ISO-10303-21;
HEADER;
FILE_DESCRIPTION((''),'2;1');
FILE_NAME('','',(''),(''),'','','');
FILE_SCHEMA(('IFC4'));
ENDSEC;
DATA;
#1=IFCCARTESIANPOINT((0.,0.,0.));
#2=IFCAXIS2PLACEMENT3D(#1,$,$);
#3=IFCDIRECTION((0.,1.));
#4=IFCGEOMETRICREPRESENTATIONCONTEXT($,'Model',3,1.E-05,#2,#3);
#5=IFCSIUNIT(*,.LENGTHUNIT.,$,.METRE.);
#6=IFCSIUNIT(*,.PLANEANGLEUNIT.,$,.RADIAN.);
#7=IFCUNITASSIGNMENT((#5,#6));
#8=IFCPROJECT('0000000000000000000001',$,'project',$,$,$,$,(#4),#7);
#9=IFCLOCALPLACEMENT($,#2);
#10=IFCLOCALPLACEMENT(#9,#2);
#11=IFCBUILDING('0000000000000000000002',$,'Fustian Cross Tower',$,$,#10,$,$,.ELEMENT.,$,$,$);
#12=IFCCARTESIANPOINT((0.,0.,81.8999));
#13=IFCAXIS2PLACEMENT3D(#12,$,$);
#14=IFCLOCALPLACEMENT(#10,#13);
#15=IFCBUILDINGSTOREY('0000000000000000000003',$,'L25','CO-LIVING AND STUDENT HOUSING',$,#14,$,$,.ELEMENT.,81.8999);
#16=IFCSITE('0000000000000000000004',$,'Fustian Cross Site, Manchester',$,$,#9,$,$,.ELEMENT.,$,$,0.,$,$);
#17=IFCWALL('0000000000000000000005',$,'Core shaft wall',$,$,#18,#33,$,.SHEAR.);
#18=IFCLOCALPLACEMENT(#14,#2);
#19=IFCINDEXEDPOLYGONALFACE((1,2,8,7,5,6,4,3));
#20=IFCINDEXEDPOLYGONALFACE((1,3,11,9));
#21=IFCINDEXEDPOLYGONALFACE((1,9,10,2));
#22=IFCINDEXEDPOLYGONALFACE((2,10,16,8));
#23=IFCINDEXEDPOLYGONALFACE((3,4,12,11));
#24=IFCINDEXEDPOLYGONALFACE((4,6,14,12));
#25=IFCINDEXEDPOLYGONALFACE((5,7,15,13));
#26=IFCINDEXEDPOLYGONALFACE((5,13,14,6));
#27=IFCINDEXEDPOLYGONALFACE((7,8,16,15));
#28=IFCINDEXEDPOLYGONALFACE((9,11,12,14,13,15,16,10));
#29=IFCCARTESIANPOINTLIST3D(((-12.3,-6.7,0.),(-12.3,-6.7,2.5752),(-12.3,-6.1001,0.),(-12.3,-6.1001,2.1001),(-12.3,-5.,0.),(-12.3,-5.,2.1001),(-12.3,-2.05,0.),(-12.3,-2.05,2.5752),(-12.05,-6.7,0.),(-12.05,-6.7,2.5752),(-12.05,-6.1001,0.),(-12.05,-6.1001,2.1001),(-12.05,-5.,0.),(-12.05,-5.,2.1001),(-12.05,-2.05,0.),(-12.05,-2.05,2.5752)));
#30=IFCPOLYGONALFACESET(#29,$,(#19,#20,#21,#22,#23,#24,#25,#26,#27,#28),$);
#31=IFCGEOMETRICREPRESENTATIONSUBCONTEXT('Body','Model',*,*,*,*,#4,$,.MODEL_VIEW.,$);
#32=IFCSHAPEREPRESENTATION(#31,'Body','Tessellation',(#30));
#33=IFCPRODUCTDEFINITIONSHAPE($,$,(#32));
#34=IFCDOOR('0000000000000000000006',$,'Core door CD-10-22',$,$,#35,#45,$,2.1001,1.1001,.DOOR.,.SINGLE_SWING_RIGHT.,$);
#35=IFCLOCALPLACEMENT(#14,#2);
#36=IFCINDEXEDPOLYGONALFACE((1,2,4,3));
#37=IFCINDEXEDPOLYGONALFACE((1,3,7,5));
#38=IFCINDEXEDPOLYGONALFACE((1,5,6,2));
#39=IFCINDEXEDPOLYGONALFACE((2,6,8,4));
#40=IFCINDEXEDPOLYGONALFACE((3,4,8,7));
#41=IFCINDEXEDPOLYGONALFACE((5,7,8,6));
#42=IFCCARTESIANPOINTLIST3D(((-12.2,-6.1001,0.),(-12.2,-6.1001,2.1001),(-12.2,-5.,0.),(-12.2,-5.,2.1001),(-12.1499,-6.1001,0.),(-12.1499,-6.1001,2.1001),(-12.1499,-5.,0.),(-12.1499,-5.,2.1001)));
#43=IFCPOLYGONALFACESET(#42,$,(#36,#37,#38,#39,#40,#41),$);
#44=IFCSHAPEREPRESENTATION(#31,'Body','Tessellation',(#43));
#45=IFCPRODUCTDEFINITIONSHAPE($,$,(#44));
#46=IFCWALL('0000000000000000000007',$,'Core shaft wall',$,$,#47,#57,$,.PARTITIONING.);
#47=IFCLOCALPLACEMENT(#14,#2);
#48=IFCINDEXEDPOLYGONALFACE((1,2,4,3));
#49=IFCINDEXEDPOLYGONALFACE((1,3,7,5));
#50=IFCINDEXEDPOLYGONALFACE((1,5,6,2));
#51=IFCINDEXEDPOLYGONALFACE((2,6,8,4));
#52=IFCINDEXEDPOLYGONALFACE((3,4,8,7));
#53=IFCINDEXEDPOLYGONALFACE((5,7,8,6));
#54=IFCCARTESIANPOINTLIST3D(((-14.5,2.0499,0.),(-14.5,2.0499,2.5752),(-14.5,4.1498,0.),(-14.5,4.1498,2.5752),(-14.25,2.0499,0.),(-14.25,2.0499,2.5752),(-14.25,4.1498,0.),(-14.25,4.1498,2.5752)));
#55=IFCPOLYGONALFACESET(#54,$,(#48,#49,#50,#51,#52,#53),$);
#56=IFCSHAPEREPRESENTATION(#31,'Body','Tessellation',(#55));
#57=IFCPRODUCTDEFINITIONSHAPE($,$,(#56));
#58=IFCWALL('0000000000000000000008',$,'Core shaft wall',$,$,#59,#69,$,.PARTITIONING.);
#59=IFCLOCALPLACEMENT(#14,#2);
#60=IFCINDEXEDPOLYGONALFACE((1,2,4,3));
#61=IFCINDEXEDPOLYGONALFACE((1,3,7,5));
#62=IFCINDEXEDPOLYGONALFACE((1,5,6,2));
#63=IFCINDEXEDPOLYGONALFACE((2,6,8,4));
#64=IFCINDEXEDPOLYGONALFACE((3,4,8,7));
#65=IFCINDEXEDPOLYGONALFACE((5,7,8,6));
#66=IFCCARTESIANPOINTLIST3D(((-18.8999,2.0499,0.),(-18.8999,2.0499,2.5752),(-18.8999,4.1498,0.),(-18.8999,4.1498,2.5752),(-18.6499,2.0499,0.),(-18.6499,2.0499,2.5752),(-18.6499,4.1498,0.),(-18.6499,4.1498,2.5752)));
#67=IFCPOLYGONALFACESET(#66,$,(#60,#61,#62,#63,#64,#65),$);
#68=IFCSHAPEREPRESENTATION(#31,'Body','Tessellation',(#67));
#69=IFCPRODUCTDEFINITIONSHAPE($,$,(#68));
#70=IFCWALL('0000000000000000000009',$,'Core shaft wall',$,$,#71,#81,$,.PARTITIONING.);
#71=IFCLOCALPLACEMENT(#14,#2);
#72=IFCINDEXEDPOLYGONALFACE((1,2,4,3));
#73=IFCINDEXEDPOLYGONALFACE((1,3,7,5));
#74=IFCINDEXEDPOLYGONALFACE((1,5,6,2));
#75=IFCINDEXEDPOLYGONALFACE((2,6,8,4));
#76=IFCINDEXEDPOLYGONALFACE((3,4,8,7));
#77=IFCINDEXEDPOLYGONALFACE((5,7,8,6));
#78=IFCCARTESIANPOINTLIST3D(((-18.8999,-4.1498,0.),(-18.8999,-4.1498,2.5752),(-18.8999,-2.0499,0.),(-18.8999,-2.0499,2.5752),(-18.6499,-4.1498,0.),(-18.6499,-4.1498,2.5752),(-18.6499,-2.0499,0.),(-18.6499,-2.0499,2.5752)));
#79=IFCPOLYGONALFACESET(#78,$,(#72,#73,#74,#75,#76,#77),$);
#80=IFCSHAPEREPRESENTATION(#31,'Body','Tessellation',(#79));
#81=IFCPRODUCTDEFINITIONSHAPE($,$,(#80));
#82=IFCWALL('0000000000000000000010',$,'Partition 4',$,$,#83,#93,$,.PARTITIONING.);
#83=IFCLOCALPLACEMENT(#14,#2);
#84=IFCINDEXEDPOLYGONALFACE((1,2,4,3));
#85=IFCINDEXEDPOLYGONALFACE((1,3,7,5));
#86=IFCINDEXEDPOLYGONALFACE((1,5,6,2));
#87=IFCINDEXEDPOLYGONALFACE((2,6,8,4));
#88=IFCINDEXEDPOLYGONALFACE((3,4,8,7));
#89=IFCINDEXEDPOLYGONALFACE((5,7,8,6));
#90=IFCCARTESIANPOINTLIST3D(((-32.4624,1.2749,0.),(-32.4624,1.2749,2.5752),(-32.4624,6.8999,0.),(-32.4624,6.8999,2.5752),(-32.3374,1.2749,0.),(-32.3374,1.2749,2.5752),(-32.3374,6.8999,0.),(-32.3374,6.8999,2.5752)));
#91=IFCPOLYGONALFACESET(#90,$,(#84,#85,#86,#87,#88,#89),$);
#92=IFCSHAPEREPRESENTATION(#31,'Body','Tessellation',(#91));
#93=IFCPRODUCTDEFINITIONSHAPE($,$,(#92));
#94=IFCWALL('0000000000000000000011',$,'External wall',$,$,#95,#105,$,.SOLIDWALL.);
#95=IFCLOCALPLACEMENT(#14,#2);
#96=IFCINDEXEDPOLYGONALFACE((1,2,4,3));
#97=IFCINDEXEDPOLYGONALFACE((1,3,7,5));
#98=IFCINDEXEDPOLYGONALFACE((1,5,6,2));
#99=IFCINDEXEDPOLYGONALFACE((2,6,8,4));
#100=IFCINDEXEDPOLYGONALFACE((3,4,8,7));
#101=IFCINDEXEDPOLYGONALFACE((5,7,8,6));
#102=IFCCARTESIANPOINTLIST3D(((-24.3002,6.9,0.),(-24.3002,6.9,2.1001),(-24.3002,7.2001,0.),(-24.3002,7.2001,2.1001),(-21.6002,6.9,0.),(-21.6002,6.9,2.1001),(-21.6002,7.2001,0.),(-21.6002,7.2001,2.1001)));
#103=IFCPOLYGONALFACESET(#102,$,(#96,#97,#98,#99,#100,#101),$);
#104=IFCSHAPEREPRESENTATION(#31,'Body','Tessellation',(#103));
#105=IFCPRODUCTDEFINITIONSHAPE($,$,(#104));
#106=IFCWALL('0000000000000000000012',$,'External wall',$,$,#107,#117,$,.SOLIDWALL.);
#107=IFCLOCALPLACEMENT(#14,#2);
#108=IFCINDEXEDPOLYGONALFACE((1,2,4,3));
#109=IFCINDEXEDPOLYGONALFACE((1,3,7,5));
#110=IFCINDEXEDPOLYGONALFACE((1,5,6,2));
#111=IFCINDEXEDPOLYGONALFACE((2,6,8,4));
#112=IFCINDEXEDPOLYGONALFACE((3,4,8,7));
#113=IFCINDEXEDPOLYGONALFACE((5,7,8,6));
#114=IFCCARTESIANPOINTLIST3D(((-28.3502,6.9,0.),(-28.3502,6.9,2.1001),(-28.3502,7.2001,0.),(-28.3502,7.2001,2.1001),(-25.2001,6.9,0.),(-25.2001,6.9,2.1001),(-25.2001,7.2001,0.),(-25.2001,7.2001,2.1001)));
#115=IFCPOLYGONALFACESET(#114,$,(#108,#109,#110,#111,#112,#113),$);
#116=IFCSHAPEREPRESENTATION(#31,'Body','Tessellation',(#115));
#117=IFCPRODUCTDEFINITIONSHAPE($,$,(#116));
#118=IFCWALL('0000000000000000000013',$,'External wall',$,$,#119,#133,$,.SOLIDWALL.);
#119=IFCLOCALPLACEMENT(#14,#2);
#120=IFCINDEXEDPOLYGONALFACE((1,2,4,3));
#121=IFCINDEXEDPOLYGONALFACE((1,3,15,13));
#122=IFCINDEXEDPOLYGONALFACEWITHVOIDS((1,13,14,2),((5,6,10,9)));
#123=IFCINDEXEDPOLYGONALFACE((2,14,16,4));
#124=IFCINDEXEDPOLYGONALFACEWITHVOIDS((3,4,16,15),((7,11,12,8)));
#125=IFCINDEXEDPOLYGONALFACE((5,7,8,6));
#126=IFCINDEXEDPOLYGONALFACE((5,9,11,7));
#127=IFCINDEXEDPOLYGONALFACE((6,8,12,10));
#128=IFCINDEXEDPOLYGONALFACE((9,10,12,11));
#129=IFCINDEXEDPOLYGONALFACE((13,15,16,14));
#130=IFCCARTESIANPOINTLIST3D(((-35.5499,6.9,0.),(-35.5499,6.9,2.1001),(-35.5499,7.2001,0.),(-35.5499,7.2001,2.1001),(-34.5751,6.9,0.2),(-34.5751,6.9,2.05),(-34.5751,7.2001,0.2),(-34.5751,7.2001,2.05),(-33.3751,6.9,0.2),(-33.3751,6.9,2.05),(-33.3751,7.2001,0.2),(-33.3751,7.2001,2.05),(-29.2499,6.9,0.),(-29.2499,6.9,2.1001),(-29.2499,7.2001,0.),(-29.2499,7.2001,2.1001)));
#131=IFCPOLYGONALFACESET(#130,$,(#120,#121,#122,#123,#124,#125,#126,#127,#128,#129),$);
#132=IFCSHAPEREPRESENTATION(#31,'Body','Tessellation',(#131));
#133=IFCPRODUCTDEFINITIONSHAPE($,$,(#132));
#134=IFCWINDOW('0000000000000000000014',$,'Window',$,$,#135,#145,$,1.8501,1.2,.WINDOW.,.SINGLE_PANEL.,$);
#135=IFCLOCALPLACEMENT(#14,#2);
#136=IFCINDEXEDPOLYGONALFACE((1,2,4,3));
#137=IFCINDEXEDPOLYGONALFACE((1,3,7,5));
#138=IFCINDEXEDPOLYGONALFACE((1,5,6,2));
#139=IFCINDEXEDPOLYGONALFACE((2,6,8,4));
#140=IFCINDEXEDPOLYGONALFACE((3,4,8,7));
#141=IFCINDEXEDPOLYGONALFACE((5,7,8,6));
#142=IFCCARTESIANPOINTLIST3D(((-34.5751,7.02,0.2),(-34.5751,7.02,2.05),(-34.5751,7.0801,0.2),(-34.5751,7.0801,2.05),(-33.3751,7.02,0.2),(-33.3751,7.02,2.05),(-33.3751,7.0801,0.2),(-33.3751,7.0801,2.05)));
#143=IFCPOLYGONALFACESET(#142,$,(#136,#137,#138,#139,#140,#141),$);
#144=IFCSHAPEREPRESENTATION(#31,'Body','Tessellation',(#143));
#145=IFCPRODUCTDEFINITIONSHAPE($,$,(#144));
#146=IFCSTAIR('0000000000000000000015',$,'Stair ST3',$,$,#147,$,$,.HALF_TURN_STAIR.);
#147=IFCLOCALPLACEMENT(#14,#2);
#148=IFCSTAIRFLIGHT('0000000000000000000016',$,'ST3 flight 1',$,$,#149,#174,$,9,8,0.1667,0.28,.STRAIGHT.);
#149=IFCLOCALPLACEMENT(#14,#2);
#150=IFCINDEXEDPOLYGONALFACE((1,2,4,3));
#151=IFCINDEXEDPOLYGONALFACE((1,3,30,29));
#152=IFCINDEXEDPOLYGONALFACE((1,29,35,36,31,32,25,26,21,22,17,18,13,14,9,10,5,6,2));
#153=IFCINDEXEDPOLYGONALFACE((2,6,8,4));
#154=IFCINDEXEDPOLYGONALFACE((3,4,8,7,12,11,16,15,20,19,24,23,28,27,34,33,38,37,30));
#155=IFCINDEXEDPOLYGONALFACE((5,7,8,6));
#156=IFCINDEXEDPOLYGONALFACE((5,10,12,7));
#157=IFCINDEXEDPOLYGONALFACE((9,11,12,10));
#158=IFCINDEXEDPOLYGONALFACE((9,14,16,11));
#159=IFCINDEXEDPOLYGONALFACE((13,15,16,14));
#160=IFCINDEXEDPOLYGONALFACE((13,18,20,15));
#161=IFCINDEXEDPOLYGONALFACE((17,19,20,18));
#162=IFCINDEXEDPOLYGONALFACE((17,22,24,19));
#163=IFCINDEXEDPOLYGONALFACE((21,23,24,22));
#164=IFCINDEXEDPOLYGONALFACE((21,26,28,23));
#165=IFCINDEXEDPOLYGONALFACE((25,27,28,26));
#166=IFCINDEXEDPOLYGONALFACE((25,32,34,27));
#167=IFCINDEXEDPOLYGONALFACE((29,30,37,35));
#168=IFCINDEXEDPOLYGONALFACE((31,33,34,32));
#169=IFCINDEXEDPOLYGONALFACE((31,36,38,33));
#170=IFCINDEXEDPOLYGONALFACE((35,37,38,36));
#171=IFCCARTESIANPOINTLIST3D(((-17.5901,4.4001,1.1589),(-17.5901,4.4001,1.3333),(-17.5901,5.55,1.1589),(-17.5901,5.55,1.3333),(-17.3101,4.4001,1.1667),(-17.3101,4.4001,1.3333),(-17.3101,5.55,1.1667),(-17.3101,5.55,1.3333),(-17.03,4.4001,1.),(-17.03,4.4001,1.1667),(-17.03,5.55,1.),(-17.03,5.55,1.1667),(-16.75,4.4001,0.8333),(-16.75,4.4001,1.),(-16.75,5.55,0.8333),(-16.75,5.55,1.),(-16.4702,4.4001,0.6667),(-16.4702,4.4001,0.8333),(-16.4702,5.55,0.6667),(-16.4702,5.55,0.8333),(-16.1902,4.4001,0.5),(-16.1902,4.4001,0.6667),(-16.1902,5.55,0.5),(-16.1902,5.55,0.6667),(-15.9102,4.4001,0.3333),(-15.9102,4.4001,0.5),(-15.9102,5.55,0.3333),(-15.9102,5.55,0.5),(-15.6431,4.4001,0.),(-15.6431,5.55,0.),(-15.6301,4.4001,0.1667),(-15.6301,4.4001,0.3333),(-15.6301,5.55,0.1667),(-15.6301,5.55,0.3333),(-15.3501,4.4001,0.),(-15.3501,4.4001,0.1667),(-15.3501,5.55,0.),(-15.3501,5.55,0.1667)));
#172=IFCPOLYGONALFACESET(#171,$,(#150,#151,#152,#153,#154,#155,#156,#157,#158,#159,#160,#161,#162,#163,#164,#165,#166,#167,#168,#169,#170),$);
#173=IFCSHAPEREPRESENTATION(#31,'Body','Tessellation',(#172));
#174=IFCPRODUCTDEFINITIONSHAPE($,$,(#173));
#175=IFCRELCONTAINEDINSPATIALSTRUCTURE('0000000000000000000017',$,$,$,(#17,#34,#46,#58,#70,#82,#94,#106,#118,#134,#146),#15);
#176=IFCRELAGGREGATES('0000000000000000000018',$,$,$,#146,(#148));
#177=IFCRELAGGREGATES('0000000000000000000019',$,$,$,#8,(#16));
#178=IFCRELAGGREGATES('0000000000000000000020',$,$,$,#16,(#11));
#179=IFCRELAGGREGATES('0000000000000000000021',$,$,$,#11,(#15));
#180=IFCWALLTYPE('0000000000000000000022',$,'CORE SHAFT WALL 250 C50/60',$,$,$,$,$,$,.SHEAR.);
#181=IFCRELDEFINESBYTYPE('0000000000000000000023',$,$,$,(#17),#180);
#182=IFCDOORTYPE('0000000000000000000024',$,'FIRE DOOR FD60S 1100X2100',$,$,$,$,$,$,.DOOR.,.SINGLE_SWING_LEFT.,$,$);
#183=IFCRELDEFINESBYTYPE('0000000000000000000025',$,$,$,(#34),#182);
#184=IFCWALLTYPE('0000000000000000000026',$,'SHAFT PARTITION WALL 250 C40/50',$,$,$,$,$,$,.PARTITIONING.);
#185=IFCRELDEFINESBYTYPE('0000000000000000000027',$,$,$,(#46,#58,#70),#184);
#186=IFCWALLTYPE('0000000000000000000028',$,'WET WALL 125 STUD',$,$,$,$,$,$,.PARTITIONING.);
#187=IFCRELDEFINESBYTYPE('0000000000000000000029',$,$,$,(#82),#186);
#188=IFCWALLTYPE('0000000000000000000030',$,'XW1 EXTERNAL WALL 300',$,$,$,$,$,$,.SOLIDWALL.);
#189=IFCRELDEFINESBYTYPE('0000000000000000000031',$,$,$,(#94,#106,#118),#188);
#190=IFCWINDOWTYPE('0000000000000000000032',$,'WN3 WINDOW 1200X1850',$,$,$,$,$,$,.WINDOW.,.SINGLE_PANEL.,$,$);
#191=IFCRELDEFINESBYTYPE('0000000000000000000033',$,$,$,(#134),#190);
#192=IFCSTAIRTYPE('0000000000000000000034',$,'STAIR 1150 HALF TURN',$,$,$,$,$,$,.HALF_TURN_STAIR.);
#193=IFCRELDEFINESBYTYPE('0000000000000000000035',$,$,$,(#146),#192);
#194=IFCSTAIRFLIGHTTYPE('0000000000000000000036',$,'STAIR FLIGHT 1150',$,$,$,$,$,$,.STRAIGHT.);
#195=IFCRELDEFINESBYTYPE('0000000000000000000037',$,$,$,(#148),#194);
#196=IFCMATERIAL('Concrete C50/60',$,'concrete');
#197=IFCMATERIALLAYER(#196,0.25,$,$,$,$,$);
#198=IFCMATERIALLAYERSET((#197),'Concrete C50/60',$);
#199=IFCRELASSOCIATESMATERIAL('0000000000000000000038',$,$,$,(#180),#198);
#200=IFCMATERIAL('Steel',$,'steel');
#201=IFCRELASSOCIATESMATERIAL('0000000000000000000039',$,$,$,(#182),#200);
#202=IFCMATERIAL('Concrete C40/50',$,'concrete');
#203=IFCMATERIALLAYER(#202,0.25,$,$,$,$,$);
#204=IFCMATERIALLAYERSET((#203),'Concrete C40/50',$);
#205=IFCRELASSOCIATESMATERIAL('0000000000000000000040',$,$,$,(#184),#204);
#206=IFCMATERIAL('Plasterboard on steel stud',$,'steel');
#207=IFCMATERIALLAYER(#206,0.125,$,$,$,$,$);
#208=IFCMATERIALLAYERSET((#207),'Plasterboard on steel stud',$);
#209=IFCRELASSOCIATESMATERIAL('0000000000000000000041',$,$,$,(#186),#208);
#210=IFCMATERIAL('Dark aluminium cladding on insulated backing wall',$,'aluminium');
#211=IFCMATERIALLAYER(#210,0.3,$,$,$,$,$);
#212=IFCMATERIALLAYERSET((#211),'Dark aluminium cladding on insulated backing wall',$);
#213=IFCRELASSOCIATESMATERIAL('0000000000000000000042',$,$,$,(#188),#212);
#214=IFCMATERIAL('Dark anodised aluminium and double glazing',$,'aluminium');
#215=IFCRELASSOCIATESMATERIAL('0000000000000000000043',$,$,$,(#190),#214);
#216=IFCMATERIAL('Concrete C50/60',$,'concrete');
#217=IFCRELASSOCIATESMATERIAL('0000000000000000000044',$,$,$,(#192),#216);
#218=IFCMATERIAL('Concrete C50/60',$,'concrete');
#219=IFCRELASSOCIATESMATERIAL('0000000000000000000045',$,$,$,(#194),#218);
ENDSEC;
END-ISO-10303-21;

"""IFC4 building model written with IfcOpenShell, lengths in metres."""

from ifc_helpers import new_model, si_unit, direction, frame, frame_2d, origin, place, context, subcontext, project, spatial, polyline, rectangle, outline, extrude, material, layer, layer_set, type_object, element, fill, aggregate, save


model = new_model("IFC4")

# Units and contexts
model_context = context("Model", 3, precision=1e-05, world=origin(), true_north=direction((0.0, 1.0)))
body_context = subcontext(model_context, "Body", "Model", "MODEL_VIEW")
ifc_project = project(units=[si_unit("LENGTHUNIT", "METRE"), si_unit("PLANEANGLEUNIT", "RADIAN")], contexts=[model_context])

# Site, building, storey
site_placement = place(None, origin())
site = spatial("IfcSite", under=ifc_project, at=site_placement, Name="Fustian Cross Site, Manchester", CompositionType="ELEMENT", RefElevation=0.0)
building_placement = place(site_placement, origin())
building = spatial("IfcBuilding", under=site, at=building_placement, Name="Fustian Cross Tower", CompositionType="ELEMENT")
storey_placement = place(building_placement, frame((0.0, 0.0, 81.8999)))
storey = spatial("IfcBuildingStorey", under=building, at=storey_placement, Name="L25", Description="CO-LIVING AND STUDENT HOUSING", CompositionType="ELEMENT", Elevation=81.8999)

# Shared definitions
ifc_material_1 = material(Name="Concrete C50/60", Category="concrete")
ifc_layer_1 = layer(ifc_material_1, 0.25)
ifc_layer_set_1 = layer_set([ifc_layer_1], Name="Concrete C50/60")
wall_type_1 = type_object("IfcWallType", Name="CORE SHAFT WALL 250 C50/60", PredefinedType="SHEAR", material=ifc_layer_set_1)

# Wall, opening, door
ifc_material_2 = material(Name="Steel", Category="steel")
door_type_1 = type_object("IfcDoorType", Name="FIRE DOOR FD60S 1100X2100", OperationType="SINGLE_SWING_LEFT", PredefinedType="DOOR", material=ifc_material_2)
wall_1_placement = place(storey_placement, frame((-12.175, -2.05, 0.0), z_axis=(0.0, 0.0, 1.0), x_axis=(0.0, -1.0, 0.0)))
wall_1 = element("IfcWall", 1, at=wall_1_placement, inside=storey, type_object=wall_type_1, Name="Core shaft wall", PredefinedType="SHEAR", context=body_context, shape_type="SweptSolid", body=[
    extrude(rectangle(XDim=4.6499, YDim=0.25, at=frame_2d((2.325, 0.0))), origin(), (0.0, 0.0, 1.0), 2.5752),
])
opening_1_placement = place(wall_1_placement, frame((2.95, 0.0, 0.0)))
opening_1 = element("IfcOpeningElement", 2, at=opening_1_placement, cuts=wall_1, PredefinedType="OPENING", context=body_context, shape_type="SweptSolid", body=[
    extrude(rectangle(XDim=1.1001, YDim=2.1001, at=frame_2d((0.55, 1.05))), frame((0.0, 0.135, 0.0), z_axis=(0.0, -1.0, 0.0), x_axis=(1.0, 0.0, 0.0)), (0.0, 0.0, 1.0), 0.27),
])
door_1_placement = place(opening_1_placement, frame((1.1001, 0.0, 0.0), z_axis=(0.0, 0.0, 1.0), x_axis=(-1.0, 0.0, 0.0)))
door_1 = element("IfcDoor", 3, at=door_1_placement, inside=storey, type_object=door_type_1, Name="Core door CD-10-22", OperationType="SINGLE_SWING_RIGHT", OverallHeight=2.1001, OverallWidth=1.1001, PredefinedType="DOOR", context=body_context, shape_type="SweptSolid", body=[
    extrude(rectangle(XDim=1.1001, YDim=2.1001, at=frame_2d((0.55, 1.05))), frame((0.0, 0.0249, 0.0), z_axis=(0.0, -1.0, 0.0), x_axis=(1.0, 0.0, 0.0)), (0.0, 0.0, 1.0), 0.05),
])
fill(opening_1, door_1)

# Walls
ifc_material_3 = material(Name="Concrete C40/50", Category="concrete")
ifc_layer_2 = layer(ifc_material_3, 0.25)
ifc_layer_set_2 = layer_set([ifc_layer_2], Name="Concrete C40/50")
wall_type_2 = type_object("IfcWallType", Name="SHAFT PARTITION WALL 250 C40/50", PredefinedType="PARTITIONING", material=ifc_layer_set_2)
for number, where, z_axis, x_axis, name in (
    (4, (-14.375, 2.05, 0.0), (0.0, 0.0, 1.0), (0.0, 1.0, 0.0), "Core shaft wall"),
    (5, (-18.7749, 2.05, 0.0), (0.0, 0.0, 1.0), (0.0, 1.0, 0.0), "Core shaft wall"),
    (6, (-18.7749, -2.05, 0.0), (0.0, 0.0, 1.0), (0.0, -1.0, 0.0), "Core shaft wall"),
):
    element("IfcWall", number, at=place(storey_placement, frame(where, z_axis=z_axis, x_axis=x_axis)), inside=storey, type_object=wall_type_2, Name=name, PredefinedType="PARTITIONING", context=body_context, shape_type="SweptSolid", body=[
        extrude(rectangle(XDim=2.0999, YDim=0.25, at=frame_2d((1.0498, 0.0))), origin(), (0.0, 0.0, 1.0), 2.5752),
    ])
ifc_material_4 = material(Name="Plasterboard on steel stud", Category="steel")
ifc_layer_3 = layer(ifc_material_4, 0.125)
ifc_layer_set_3 = layer_set([ifc_layer_3], Name="Plasterboard on steel stud")
wall_type_3 = type_object("IfcWallType", Name="WET WALL 125 STUD", PredefinedType="PARTITIONING", material=ifc_layer_set_3)
wall_2_placement = place(storey_placement, frame((-32.3999, 1.2749, 0.0), z_axis=(0.0, 0.0, 1.0), x_axis=(0.0, 1.0, 0.0)))
element("IfcWall", 7, at=wall_2_placement, inside=storey, type_object=wall_type_3, Name="Partition 4", PredefinedType="PARTITIONING", context=body_context, shape_type="SweptSolid", body=[
    extrude(rectangle(XDim=5.625, YDim=0.125, at=frame_2d((2.8125, 0.0))), origin(), (0.0, 0.0, 1.0), 2.5752),
])
ifc_material_5 = material(Name="Dark aluminium cladding on insulated backing wall", Category="aluminium")
ifc_layer_4 = layer(ifc_material_5, 0.3)
ifc_layer_set_4 = layer_set([ifc_layer_4], Name="Dark aluminium cladding on insulated backing wall")
wall_type_4 = type_object("IfcWallType", Name="XW1 EXTERNAL WALL 300", PredefinedType="SOLIDWALL", material=ifc_layer_set_4)
wall_3_placement = place(storey_placement, frame((-21.6001, 7.05, 0.0), z_axis=(0.0, 0.0, 1.0), x_axis=(-1.0, 0.0, 0.0)))
element("IfcWall", 8, at=wall_3_placement, inside=storey, type_object=wall_type_4, Name="External wall", PredefinedType="SOLIDWALL", context=body_context, shape_type="SweptSolid", body=[
    extrude(rectangle(XDim=2.7, YDim=0.3, at=frame_2d((1.3501, 0.0))), origin(), (0.0, 0.0, 1.0), 2.1001),
])
wall_4_placement = place(storey_placement, frame((-25.2, 7.05, 0.0), z_axis=(0.0, 0.0, 1.0), x_axis=(-1.0, 0.0, 0.0)))
element("IfcWall", 9, at=wall_4_placement, inside=storey, type_object=wall_type_4, Name="External wall", PredefinedType="SOLIDWALL", context=body_context, shape_type="SweptSolid", body=[
    extrude(rectangle(XDim=3.1501, YDim=0.3, at=frame_2d((1.5752, 0.0))), origin(), (0.0, 0.0, 1.0), 2.1001),
])

# Wall, opening, window
wall_5_placement = place(storey_placement, frame((-29.25, 7.05, 0.0), z_axis=(0.0, 0.0, 1.0), x_axis=(-1.0, 0.0, 0.0)))
wall_5 = element("IfcWall", 10, at=wall_5_placement, inside=storey, type_object=wall_type_4, Name="External wall", PredefinedType="SOLIDWALL", context=body_context, shape_type="SweptSolid", body=[
    extrude(rectangle(XDim=6.3, YDim=0.3, at=frame_2d((3.1499, 0.0))), origin(), (0.0, 0.0, 1.0), 2.1001),
])
opening_2_placement = place(wall_5_placement, frame((4.125, 0.0, 0.2)))
opening_2 = element("IfcOpeningElement", 11, at=opening_2_placement, cuts=wall_5, PredefinedType="OPENING", context=body_context, shape_type="SweptSolid", body=[
    extrude(rectangle(XDim=1.2, YDim=1.8501, at=frame_2d((0.6001, 0.925))), frame((0.0, 0.1599, 0.0), z_axis=(0.0, -1.0, 0.0), x_axis=(1.0, 0.0, 0.0)), (0.0, 0.0, 1.0), 0.3201),
])
ifc_material_6 = material(Name="Dark anodised aluminium and double glazing", Category="aluminium")
window_type = type_object("IfcWindowType", Name="WN3 WINDOW 1200X1850", PartitioningType="SINGLE_PANEL", PredefinedType="WINDOW", material=ifc_material_6)
window_placement = place(opening_2_placement, origin())
window = element("IfcWindow", 12, at=window_placement, inside=storey, type_object=window_type, Name="Window", OverallHeight=1.8501, OverallWidth=1.2, PartitioningType="SINGLE_PANEL", PredefinedType="WINDOW", context=body_context, shape_type="SweptSolid", body=[
    extrude(rectangle(XDim=1.2, YDim=1.8501, at=frame_2d((0.6001, 0.925))), frame((0.0, 0.03, 0.0), z_axis=(0.0, -1.0, 0.0), x_axis=(1.0, 0.0, 0.0)), (0.0, 0.0, 1.0), 0.0601),
])
fill(opening_2, window)

# Stair, stair flight
ifc_material_7 = material(Name="Concrete C50/60", Category="concrete")
stair_type = type_object("IfcStairType", Name="STAIR 1150 HALF TURN", PredefinedType="HALF_TURN_STAIR", material=ifc_material_7)
stair_placement = place(storey_placement, origin())
stair = element("IfcStair", 13, at=stair_placement, inside=storey, type_object=stair_type, Name="Stair ST3", PredefinedType="HALF_TURN_STAIR")
ifc_material_8 = material(Name="Concrete C50/60", Category="concrete")
stair_flight_type = type_object("IfcStairFlightType", Name="STAIR FLIGHT 1150", PredefinedType="STRAIGHT", material=ifc_material_8)
stair_flight_1_placement = place(storey_placement, frame((-15.3501, 4.9751, 0.0), z_axis=(0.0, 0.0, 1.0), x_axis=(-1.0, 0.0, 0.0)))
stair_flight_1 = element("IfcStairFlight", 14, at=stair_flight_1_placement, type_object=stair_flight_type, Name="ST3 flight 1", NumberOfRisers=9, NumberOfTreads=8, PredefinedType="STRAIGHT", RiserHeight=0.1667, TreadLength=0.28, context=body_context, shape_type="SweptSolid", body=[
    extrude(outline(polyline([(0.0, 0.0), (0.0, 0.1667), (0.28, 0.1667), (0.28, 0.3333), (0.5601, 0.3333), (0.5601, 0.5), (0.8401, 0.5), (0.8401, 0.6667), (1.1201, 0.6667), (1.1201, 0.8333), (1.3999, 0.8333), (1.3999, 1.0), (1.6799, 1.0), (1.6799, 1.1667), (1.96, 1.1667), (1.96, 1.3333), (2.24, 1.3333), (2.24, 1.5), (2.24, 1.1589), (0.293, 0.0), (0.0, 0.0)])), frame((0.0, 0.575, 0.0), z_axis=(0.0, -1.0, 0.0), x_axis=(1.0, 0.0, 0.0)), (0.0, 0.0, 1.0), 1.1499),
])
aggregate(stair, [stair_flight_1])

save(model, "model.ifc")
